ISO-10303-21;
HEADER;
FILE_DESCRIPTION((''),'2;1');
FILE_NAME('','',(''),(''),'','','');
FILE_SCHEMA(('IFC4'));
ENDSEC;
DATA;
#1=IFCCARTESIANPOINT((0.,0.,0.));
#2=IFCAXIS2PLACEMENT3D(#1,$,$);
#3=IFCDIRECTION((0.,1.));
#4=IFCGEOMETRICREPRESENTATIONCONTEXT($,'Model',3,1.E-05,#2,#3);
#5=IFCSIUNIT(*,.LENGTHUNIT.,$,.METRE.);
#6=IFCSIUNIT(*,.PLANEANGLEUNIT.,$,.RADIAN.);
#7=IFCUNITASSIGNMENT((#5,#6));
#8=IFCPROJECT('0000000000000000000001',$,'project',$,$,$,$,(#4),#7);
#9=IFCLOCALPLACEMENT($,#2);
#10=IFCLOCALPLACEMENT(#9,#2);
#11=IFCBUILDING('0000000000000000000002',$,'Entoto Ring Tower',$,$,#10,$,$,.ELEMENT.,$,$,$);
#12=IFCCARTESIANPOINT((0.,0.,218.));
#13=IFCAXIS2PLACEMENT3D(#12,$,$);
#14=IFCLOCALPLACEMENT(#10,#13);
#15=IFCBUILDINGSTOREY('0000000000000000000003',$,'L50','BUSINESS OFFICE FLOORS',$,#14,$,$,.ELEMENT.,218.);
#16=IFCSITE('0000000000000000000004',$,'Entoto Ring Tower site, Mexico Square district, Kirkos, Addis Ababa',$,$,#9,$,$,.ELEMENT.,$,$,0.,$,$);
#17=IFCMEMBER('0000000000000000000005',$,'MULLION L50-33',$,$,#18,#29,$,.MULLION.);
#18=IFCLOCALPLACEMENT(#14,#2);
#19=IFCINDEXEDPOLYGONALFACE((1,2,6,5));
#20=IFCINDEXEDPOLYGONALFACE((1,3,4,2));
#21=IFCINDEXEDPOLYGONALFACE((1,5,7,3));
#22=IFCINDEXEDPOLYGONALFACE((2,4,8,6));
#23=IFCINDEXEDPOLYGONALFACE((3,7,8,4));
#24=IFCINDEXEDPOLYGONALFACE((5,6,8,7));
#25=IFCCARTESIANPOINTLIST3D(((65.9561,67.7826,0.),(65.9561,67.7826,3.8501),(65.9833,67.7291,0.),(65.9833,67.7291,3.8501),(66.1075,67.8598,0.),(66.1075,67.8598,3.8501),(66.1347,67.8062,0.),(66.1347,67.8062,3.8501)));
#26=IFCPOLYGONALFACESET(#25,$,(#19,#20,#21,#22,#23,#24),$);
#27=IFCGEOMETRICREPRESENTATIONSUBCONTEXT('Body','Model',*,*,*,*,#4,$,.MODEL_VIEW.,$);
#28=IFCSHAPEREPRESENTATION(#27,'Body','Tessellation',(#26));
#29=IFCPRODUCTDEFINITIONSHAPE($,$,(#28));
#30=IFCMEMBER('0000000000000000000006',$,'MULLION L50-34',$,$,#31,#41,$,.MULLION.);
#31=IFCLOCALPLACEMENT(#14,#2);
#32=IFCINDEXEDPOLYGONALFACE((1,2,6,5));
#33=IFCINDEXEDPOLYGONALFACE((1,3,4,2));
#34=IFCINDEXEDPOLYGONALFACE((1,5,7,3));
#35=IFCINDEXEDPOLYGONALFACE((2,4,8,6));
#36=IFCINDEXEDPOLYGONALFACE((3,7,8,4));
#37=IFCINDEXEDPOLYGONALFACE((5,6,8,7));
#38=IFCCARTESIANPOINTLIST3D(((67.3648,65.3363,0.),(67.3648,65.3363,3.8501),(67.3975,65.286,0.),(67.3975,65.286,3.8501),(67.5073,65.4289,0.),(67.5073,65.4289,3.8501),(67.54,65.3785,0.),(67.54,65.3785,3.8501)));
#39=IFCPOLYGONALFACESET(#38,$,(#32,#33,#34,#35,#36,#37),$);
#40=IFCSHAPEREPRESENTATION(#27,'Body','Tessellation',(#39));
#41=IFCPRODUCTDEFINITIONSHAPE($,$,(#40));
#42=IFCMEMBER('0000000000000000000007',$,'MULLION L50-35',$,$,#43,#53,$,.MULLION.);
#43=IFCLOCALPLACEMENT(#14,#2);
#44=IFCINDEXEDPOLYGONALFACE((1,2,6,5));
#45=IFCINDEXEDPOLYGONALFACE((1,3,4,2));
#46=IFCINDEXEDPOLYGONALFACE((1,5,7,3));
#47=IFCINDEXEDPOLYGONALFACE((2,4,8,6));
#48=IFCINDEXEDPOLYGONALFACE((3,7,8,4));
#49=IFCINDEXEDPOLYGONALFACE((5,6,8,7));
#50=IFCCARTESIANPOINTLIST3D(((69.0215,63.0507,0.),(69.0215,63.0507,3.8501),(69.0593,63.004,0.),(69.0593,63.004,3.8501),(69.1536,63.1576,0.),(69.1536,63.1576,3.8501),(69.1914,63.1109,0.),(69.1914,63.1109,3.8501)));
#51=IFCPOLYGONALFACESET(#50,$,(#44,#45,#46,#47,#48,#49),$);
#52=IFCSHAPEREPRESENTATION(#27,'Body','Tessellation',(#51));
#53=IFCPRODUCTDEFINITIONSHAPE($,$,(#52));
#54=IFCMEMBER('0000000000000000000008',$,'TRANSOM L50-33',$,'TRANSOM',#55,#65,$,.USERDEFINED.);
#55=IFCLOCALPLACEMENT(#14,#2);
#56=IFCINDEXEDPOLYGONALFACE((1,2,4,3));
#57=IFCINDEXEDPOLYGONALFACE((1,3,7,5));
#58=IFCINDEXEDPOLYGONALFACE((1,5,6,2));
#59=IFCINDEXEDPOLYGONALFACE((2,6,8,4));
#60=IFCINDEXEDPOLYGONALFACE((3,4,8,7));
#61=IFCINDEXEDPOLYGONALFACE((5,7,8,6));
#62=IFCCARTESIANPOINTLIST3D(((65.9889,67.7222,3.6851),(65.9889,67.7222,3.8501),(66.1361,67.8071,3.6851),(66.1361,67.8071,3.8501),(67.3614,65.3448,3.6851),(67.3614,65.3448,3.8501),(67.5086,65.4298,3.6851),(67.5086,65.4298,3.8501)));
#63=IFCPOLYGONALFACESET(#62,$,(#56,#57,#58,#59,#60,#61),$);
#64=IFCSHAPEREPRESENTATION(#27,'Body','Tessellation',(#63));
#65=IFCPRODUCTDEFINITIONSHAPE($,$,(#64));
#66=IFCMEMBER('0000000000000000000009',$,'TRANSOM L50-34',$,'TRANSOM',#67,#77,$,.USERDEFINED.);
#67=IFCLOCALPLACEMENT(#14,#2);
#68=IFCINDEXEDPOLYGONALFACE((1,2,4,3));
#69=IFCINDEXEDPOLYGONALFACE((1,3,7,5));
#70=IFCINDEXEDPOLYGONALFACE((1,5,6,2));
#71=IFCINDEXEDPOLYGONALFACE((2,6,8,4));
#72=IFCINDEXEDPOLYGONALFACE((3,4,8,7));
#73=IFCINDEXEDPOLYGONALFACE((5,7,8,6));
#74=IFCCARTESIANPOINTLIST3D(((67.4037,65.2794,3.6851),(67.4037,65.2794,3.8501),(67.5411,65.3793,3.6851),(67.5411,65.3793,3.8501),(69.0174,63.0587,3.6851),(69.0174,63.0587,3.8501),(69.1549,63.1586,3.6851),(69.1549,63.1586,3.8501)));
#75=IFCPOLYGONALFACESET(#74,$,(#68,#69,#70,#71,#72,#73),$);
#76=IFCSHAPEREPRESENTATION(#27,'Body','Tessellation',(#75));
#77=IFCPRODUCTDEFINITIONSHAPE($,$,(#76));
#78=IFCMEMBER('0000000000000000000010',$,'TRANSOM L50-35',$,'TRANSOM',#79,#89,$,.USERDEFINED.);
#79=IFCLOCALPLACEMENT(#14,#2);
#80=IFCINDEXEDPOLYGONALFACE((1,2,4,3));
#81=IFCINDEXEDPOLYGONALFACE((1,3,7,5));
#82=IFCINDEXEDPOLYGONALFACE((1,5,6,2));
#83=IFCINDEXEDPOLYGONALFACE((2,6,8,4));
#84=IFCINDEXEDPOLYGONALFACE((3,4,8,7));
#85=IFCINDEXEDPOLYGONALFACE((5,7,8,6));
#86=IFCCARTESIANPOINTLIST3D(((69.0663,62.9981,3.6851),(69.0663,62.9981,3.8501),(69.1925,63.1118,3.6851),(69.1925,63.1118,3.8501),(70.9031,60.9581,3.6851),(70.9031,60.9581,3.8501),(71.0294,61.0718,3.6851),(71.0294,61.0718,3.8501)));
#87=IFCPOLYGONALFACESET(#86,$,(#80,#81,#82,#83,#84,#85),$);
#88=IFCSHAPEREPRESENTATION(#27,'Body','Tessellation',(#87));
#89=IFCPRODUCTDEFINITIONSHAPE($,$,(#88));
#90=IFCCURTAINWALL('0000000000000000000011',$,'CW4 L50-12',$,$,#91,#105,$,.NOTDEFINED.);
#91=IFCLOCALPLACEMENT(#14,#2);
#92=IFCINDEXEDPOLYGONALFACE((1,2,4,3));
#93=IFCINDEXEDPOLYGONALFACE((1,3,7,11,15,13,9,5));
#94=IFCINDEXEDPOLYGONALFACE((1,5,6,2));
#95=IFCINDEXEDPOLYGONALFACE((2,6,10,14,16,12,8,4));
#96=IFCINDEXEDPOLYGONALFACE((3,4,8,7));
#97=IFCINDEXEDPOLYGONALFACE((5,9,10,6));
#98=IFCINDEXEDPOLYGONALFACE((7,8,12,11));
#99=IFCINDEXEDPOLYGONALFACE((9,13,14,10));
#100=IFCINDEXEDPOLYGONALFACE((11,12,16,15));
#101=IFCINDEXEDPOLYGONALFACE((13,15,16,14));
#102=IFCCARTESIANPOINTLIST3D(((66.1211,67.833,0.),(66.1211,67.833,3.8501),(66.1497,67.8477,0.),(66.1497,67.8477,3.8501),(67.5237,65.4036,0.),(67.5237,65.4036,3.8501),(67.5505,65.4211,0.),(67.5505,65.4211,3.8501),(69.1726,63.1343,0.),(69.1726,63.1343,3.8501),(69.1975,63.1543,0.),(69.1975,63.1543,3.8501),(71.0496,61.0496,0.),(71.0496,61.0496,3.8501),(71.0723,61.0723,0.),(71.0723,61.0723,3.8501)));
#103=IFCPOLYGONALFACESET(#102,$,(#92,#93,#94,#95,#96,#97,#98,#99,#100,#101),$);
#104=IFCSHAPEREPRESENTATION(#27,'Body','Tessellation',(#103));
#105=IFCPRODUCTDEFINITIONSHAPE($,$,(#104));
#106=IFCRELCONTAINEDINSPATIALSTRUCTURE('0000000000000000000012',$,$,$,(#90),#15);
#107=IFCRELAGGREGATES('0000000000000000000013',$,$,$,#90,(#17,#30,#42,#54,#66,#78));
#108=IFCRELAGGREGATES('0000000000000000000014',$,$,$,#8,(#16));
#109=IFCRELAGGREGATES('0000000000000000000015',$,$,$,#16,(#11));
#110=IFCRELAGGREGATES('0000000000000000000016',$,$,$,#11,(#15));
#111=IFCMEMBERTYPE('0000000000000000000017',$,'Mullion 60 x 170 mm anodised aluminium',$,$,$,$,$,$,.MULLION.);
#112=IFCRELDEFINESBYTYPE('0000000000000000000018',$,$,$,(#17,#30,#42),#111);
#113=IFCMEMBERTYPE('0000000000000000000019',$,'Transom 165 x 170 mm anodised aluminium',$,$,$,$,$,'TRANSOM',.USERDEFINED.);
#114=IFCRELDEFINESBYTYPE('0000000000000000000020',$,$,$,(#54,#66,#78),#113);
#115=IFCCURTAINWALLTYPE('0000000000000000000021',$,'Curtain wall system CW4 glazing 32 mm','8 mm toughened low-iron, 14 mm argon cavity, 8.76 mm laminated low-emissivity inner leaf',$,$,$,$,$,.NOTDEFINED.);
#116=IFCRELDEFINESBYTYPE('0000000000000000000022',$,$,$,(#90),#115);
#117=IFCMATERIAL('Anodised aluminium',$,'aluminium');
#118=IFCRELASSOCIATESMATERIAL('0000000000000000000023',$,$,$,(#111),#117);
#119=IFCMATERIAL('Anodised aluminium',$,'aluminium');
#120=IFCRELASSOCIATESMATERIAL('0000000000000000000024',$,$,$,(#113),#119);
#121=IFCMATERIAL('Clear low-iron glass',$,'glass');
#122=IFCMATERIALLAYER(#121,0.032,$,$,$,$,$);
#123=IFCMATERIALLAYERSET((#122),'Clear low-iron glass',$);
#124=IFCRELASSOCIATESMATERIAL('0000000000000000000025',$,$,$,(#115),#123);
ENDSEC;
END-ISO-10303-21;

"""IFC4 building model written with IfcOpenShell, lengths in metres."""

from ifc_helpers import new_model, si_unit, direction, frame, origin, origin_2d, place, context, subcontext, project, spatial, polyline, rectangle, outline, extrude, material, layer, layer_set, material_profile, profile_set, type_object, element, aggregate, save


model = new_model("IFC4")

# Units and contexts
model_context = context("Model", 3, precision=1e-05, world=origin(), true_north=direction((0.0, 1.0)))
body_context = subcontext(model_context, "Body", "Model", "MODEL_VIEW")
ifc_project = project(units=[si_unit("LENGTHUNIT", "METRE"), si_unit("PLANEANGLEUNIT", "RADIAN")], contexts=[model_context])

# Members
ifc_material_1 = material(Name="Anodised aluminium", Category="aluminium")
ifc_material_profile_1 = material_profile(ifc_material_1, rectangle(XDim=0.0601, YDim=0.1699, at=origin_2d()), Name="Mullion 60 x 170 mm anodised aluminium")
ifc_profile_set_1 = profile_set([ifc_material_profile_1], Name="Anodised aluminium")
member_type_1 = type_object("IfcMemberType", Name="Mullion 60 x 170 mm anodised aluminium", PredefinedType="MULLION", material=ifc_profile_set_1)
site_placement = place(None, origin())
building_placement = place(site_placement, origin())
storey_placement = place(building_placement, frame((0.0, 0.0, 218.0)))
member_1_placement = place(storey_placement, frame((66.0454, 67.7944, 0.0), z_axis=(0.0, 0.0, 1.0), x_axis=(0.45399, -0.891007, 0.0)))
member_1 = element("IfcMember", 1, at=member_1_placement, type_object=member_type_1, Name="MULLION L50-33", PredefinedType="MULLION", context=body_context, shape_type="SweptSolid", body=[
    extrude(rectangle(XDim=0.0601, YDim=0.1699, at=origin_2d()), origin(), (0.0, 0.0, 1.0), 3.8501),
])
member_2_placement = place(storey_placement, frame((67.4524, 65.3574, 0.0), z_axis=(0.0, 0.0, 1.0), x_axis=(0.544639, -0.838671, 0.0)))
member_2 = element("IfcMember", 2, at=member_2_placement, type_object=member_type_1, Name="MULLION L50-34", PredefinedType="MULLION", context=body_context, shape_type="SweptSolid", body=[
    extrude(rectangle(XDim=0.0601, YDim=0.1699, at=origin_2d()), origin(), (0.0, 0.0, 1.0), 3.8501),
])
member_3_placement = place(storey_placement, frame((69.1064, 63.0808, 0.0), z_axis=(0.0, 0.0, 1.0), x_axis=(0.62932, -0.777146, 0.0)))
member_3 = element("IfcMember", 3, at=member_3_placement, type_object=member_type_1, Name="MULLION L50-35", PredefinedType="MULLION", context=body_context, shape_type="SweptSolid", body=[
    extrude(rectangle(XDim=0.0601, YDim=0.1699, at=origin_2d()), origin(), (0.0, 0.0, 1.0), 3.8501),
])
ifc_material_2 = material(Name="Anodised aluminium", Category="aluminium")
ifc_material_profile_2 = material_profile(ifc_material_2, rectangle(XDim=0.1699, YDim=0.165, at=origin_2d()), Name="Transom 165 x 170 mm anodised aluminium")
ifc_profile_set_2 = profile_set([ifc_material_profile_2], Name="Anodised aluminium")
member_type_2 = type_object("IfcMemberType", Name="Transom 165 x 170 mm anodised aluminium", ElementType="TRANSOM", PredefinedType="USERDEFINED", material=ifc_profile_set_2)
member_4_placement = place(storey_placement, frame((66.0625, 67.7646, 3.7676), z_axis=(0.499984, -0.866035, 0.0), x_axis=(0.866035, 0.499984, 0.0)))
member_4 = element("IfcMember", 4, at=member_4_placement, type_object=member_type_2, Name="TRANSOM L50-33", ObjectType="TRANSOM", PredefinedType="USERDEFINED", context=body_context, shape_type="SweptSolid", body=[
    extrude(rectangle(XDim=0.1699, YDim=0.165, at=origin_2d()), origin(), (0.0, 0.0, 1.0), 2.7451),
])
member_5_placement = place(storey_placement, frame((67.4724, 65.3293, 3.7676), z_axis=(0.587865, -0.808959, 0.0), x_axis=(0.808959, 0.587865, 0.0)))
member_5 = element("IfcMember", 5, at=member_5_placement, type_object=member_type_2, Name="TRANSOM L50-34", ObjectType="TRANSOM", PredefinedType="USERDEFINED", context=body_context, shape_type="SweptSolid", body=[
    extrude(rectangle(XDim=0.1699, YDim=0.165, at=origin_2d()), origin(), (0.0, 0.0, 1.0), 2.7451),
])
member_6_placement = place(storey_placement, frame((69.1294, 63.0549, 3.7676), z_axis=(0.669142, -0.743135, 0.0), x_axis=(0.743135, 0.669142, 0.0)))
member_6 = element("IfcMember", 6, at=member_6_placement, type_object=member_type_2, Name="TRANSOM L50-35", ObjectType="TRANSOM", PredefinedType="USERDEFINED", context=body_context, shape_type="SweptSolid", body=[
    extrude(rectangle(XDim=0.1699, YDim=0.165, at=origin_2d()), origin(), (0.0, 0.0, 1.0), 2.7451),
])

# Site, building, storey
site = spatial("IfcSite", under=ifc_project, at=site_placement, Name="Entoto Ring Tower site, Mexico Square district, Kirkos, Addis Ababa", CompositionType="ELEMENT", RefElevation=0.0)
building = spatial("IfcBuilding", under=site, at=building_placement, Name="Entoto Ring Tower", CompositionType="ELEMENT")
storey = spatial("IfcBuildingStorey", under=building, at=storey_placement, Name="L50", Description="BUSINESS OFFICE FLOORS", CompositionType="ELEMENT", Elevation=218.0)

# Curtain wall
ifc_material_3 = material(Name="Clear low-iron glass", Category="glass")
ifc_layer = layer(ifc_material_3, 0.032)
ifc_layer_set = layer_set([ifc_layer], Name="Clear low-iron glass")
curtain_wall_type = type_object("IfcCurtainWallType", Name="Curtain wall system CW4 glazing 32 mm", Description="8 mm toughened low-iron, 14 mm argon cavity, 8.76 mm laminated low-emissivity inner leaf", PredefinedType="NOTDEFINED", material=ifc_layer_set)
curtain_wall_1_placement = place(storey_placement, origin())
curtain_wall_1 = element("IfcCurtainWall", 7, at=curtain_wall_1_placement, inside=storey, type_object=curtain_wall_type, Name="CW4 L50-12", PredefinedType="NOTDEFINED", context=body_context, shape_type="SweptSolid", body=[
    extrude(outline(polyline([(66.1211, 67.833), (67.5237, 65.4036), (69.1726, 63.1343), (71.0496, 61.0496), (71.0723, 61.0723), (69.1975, 63.1543), (67.5505, 65.4211), (66.1497, 67.8477), (66.1211, 67.833)])), origin(), (0.0, 0.0, 1.0), 3.8501),
])
aggregate(curtain_wall_1, [member_1, member_2, member_3, member_4, member_5, member_6])

save(model, "model.ifc")
